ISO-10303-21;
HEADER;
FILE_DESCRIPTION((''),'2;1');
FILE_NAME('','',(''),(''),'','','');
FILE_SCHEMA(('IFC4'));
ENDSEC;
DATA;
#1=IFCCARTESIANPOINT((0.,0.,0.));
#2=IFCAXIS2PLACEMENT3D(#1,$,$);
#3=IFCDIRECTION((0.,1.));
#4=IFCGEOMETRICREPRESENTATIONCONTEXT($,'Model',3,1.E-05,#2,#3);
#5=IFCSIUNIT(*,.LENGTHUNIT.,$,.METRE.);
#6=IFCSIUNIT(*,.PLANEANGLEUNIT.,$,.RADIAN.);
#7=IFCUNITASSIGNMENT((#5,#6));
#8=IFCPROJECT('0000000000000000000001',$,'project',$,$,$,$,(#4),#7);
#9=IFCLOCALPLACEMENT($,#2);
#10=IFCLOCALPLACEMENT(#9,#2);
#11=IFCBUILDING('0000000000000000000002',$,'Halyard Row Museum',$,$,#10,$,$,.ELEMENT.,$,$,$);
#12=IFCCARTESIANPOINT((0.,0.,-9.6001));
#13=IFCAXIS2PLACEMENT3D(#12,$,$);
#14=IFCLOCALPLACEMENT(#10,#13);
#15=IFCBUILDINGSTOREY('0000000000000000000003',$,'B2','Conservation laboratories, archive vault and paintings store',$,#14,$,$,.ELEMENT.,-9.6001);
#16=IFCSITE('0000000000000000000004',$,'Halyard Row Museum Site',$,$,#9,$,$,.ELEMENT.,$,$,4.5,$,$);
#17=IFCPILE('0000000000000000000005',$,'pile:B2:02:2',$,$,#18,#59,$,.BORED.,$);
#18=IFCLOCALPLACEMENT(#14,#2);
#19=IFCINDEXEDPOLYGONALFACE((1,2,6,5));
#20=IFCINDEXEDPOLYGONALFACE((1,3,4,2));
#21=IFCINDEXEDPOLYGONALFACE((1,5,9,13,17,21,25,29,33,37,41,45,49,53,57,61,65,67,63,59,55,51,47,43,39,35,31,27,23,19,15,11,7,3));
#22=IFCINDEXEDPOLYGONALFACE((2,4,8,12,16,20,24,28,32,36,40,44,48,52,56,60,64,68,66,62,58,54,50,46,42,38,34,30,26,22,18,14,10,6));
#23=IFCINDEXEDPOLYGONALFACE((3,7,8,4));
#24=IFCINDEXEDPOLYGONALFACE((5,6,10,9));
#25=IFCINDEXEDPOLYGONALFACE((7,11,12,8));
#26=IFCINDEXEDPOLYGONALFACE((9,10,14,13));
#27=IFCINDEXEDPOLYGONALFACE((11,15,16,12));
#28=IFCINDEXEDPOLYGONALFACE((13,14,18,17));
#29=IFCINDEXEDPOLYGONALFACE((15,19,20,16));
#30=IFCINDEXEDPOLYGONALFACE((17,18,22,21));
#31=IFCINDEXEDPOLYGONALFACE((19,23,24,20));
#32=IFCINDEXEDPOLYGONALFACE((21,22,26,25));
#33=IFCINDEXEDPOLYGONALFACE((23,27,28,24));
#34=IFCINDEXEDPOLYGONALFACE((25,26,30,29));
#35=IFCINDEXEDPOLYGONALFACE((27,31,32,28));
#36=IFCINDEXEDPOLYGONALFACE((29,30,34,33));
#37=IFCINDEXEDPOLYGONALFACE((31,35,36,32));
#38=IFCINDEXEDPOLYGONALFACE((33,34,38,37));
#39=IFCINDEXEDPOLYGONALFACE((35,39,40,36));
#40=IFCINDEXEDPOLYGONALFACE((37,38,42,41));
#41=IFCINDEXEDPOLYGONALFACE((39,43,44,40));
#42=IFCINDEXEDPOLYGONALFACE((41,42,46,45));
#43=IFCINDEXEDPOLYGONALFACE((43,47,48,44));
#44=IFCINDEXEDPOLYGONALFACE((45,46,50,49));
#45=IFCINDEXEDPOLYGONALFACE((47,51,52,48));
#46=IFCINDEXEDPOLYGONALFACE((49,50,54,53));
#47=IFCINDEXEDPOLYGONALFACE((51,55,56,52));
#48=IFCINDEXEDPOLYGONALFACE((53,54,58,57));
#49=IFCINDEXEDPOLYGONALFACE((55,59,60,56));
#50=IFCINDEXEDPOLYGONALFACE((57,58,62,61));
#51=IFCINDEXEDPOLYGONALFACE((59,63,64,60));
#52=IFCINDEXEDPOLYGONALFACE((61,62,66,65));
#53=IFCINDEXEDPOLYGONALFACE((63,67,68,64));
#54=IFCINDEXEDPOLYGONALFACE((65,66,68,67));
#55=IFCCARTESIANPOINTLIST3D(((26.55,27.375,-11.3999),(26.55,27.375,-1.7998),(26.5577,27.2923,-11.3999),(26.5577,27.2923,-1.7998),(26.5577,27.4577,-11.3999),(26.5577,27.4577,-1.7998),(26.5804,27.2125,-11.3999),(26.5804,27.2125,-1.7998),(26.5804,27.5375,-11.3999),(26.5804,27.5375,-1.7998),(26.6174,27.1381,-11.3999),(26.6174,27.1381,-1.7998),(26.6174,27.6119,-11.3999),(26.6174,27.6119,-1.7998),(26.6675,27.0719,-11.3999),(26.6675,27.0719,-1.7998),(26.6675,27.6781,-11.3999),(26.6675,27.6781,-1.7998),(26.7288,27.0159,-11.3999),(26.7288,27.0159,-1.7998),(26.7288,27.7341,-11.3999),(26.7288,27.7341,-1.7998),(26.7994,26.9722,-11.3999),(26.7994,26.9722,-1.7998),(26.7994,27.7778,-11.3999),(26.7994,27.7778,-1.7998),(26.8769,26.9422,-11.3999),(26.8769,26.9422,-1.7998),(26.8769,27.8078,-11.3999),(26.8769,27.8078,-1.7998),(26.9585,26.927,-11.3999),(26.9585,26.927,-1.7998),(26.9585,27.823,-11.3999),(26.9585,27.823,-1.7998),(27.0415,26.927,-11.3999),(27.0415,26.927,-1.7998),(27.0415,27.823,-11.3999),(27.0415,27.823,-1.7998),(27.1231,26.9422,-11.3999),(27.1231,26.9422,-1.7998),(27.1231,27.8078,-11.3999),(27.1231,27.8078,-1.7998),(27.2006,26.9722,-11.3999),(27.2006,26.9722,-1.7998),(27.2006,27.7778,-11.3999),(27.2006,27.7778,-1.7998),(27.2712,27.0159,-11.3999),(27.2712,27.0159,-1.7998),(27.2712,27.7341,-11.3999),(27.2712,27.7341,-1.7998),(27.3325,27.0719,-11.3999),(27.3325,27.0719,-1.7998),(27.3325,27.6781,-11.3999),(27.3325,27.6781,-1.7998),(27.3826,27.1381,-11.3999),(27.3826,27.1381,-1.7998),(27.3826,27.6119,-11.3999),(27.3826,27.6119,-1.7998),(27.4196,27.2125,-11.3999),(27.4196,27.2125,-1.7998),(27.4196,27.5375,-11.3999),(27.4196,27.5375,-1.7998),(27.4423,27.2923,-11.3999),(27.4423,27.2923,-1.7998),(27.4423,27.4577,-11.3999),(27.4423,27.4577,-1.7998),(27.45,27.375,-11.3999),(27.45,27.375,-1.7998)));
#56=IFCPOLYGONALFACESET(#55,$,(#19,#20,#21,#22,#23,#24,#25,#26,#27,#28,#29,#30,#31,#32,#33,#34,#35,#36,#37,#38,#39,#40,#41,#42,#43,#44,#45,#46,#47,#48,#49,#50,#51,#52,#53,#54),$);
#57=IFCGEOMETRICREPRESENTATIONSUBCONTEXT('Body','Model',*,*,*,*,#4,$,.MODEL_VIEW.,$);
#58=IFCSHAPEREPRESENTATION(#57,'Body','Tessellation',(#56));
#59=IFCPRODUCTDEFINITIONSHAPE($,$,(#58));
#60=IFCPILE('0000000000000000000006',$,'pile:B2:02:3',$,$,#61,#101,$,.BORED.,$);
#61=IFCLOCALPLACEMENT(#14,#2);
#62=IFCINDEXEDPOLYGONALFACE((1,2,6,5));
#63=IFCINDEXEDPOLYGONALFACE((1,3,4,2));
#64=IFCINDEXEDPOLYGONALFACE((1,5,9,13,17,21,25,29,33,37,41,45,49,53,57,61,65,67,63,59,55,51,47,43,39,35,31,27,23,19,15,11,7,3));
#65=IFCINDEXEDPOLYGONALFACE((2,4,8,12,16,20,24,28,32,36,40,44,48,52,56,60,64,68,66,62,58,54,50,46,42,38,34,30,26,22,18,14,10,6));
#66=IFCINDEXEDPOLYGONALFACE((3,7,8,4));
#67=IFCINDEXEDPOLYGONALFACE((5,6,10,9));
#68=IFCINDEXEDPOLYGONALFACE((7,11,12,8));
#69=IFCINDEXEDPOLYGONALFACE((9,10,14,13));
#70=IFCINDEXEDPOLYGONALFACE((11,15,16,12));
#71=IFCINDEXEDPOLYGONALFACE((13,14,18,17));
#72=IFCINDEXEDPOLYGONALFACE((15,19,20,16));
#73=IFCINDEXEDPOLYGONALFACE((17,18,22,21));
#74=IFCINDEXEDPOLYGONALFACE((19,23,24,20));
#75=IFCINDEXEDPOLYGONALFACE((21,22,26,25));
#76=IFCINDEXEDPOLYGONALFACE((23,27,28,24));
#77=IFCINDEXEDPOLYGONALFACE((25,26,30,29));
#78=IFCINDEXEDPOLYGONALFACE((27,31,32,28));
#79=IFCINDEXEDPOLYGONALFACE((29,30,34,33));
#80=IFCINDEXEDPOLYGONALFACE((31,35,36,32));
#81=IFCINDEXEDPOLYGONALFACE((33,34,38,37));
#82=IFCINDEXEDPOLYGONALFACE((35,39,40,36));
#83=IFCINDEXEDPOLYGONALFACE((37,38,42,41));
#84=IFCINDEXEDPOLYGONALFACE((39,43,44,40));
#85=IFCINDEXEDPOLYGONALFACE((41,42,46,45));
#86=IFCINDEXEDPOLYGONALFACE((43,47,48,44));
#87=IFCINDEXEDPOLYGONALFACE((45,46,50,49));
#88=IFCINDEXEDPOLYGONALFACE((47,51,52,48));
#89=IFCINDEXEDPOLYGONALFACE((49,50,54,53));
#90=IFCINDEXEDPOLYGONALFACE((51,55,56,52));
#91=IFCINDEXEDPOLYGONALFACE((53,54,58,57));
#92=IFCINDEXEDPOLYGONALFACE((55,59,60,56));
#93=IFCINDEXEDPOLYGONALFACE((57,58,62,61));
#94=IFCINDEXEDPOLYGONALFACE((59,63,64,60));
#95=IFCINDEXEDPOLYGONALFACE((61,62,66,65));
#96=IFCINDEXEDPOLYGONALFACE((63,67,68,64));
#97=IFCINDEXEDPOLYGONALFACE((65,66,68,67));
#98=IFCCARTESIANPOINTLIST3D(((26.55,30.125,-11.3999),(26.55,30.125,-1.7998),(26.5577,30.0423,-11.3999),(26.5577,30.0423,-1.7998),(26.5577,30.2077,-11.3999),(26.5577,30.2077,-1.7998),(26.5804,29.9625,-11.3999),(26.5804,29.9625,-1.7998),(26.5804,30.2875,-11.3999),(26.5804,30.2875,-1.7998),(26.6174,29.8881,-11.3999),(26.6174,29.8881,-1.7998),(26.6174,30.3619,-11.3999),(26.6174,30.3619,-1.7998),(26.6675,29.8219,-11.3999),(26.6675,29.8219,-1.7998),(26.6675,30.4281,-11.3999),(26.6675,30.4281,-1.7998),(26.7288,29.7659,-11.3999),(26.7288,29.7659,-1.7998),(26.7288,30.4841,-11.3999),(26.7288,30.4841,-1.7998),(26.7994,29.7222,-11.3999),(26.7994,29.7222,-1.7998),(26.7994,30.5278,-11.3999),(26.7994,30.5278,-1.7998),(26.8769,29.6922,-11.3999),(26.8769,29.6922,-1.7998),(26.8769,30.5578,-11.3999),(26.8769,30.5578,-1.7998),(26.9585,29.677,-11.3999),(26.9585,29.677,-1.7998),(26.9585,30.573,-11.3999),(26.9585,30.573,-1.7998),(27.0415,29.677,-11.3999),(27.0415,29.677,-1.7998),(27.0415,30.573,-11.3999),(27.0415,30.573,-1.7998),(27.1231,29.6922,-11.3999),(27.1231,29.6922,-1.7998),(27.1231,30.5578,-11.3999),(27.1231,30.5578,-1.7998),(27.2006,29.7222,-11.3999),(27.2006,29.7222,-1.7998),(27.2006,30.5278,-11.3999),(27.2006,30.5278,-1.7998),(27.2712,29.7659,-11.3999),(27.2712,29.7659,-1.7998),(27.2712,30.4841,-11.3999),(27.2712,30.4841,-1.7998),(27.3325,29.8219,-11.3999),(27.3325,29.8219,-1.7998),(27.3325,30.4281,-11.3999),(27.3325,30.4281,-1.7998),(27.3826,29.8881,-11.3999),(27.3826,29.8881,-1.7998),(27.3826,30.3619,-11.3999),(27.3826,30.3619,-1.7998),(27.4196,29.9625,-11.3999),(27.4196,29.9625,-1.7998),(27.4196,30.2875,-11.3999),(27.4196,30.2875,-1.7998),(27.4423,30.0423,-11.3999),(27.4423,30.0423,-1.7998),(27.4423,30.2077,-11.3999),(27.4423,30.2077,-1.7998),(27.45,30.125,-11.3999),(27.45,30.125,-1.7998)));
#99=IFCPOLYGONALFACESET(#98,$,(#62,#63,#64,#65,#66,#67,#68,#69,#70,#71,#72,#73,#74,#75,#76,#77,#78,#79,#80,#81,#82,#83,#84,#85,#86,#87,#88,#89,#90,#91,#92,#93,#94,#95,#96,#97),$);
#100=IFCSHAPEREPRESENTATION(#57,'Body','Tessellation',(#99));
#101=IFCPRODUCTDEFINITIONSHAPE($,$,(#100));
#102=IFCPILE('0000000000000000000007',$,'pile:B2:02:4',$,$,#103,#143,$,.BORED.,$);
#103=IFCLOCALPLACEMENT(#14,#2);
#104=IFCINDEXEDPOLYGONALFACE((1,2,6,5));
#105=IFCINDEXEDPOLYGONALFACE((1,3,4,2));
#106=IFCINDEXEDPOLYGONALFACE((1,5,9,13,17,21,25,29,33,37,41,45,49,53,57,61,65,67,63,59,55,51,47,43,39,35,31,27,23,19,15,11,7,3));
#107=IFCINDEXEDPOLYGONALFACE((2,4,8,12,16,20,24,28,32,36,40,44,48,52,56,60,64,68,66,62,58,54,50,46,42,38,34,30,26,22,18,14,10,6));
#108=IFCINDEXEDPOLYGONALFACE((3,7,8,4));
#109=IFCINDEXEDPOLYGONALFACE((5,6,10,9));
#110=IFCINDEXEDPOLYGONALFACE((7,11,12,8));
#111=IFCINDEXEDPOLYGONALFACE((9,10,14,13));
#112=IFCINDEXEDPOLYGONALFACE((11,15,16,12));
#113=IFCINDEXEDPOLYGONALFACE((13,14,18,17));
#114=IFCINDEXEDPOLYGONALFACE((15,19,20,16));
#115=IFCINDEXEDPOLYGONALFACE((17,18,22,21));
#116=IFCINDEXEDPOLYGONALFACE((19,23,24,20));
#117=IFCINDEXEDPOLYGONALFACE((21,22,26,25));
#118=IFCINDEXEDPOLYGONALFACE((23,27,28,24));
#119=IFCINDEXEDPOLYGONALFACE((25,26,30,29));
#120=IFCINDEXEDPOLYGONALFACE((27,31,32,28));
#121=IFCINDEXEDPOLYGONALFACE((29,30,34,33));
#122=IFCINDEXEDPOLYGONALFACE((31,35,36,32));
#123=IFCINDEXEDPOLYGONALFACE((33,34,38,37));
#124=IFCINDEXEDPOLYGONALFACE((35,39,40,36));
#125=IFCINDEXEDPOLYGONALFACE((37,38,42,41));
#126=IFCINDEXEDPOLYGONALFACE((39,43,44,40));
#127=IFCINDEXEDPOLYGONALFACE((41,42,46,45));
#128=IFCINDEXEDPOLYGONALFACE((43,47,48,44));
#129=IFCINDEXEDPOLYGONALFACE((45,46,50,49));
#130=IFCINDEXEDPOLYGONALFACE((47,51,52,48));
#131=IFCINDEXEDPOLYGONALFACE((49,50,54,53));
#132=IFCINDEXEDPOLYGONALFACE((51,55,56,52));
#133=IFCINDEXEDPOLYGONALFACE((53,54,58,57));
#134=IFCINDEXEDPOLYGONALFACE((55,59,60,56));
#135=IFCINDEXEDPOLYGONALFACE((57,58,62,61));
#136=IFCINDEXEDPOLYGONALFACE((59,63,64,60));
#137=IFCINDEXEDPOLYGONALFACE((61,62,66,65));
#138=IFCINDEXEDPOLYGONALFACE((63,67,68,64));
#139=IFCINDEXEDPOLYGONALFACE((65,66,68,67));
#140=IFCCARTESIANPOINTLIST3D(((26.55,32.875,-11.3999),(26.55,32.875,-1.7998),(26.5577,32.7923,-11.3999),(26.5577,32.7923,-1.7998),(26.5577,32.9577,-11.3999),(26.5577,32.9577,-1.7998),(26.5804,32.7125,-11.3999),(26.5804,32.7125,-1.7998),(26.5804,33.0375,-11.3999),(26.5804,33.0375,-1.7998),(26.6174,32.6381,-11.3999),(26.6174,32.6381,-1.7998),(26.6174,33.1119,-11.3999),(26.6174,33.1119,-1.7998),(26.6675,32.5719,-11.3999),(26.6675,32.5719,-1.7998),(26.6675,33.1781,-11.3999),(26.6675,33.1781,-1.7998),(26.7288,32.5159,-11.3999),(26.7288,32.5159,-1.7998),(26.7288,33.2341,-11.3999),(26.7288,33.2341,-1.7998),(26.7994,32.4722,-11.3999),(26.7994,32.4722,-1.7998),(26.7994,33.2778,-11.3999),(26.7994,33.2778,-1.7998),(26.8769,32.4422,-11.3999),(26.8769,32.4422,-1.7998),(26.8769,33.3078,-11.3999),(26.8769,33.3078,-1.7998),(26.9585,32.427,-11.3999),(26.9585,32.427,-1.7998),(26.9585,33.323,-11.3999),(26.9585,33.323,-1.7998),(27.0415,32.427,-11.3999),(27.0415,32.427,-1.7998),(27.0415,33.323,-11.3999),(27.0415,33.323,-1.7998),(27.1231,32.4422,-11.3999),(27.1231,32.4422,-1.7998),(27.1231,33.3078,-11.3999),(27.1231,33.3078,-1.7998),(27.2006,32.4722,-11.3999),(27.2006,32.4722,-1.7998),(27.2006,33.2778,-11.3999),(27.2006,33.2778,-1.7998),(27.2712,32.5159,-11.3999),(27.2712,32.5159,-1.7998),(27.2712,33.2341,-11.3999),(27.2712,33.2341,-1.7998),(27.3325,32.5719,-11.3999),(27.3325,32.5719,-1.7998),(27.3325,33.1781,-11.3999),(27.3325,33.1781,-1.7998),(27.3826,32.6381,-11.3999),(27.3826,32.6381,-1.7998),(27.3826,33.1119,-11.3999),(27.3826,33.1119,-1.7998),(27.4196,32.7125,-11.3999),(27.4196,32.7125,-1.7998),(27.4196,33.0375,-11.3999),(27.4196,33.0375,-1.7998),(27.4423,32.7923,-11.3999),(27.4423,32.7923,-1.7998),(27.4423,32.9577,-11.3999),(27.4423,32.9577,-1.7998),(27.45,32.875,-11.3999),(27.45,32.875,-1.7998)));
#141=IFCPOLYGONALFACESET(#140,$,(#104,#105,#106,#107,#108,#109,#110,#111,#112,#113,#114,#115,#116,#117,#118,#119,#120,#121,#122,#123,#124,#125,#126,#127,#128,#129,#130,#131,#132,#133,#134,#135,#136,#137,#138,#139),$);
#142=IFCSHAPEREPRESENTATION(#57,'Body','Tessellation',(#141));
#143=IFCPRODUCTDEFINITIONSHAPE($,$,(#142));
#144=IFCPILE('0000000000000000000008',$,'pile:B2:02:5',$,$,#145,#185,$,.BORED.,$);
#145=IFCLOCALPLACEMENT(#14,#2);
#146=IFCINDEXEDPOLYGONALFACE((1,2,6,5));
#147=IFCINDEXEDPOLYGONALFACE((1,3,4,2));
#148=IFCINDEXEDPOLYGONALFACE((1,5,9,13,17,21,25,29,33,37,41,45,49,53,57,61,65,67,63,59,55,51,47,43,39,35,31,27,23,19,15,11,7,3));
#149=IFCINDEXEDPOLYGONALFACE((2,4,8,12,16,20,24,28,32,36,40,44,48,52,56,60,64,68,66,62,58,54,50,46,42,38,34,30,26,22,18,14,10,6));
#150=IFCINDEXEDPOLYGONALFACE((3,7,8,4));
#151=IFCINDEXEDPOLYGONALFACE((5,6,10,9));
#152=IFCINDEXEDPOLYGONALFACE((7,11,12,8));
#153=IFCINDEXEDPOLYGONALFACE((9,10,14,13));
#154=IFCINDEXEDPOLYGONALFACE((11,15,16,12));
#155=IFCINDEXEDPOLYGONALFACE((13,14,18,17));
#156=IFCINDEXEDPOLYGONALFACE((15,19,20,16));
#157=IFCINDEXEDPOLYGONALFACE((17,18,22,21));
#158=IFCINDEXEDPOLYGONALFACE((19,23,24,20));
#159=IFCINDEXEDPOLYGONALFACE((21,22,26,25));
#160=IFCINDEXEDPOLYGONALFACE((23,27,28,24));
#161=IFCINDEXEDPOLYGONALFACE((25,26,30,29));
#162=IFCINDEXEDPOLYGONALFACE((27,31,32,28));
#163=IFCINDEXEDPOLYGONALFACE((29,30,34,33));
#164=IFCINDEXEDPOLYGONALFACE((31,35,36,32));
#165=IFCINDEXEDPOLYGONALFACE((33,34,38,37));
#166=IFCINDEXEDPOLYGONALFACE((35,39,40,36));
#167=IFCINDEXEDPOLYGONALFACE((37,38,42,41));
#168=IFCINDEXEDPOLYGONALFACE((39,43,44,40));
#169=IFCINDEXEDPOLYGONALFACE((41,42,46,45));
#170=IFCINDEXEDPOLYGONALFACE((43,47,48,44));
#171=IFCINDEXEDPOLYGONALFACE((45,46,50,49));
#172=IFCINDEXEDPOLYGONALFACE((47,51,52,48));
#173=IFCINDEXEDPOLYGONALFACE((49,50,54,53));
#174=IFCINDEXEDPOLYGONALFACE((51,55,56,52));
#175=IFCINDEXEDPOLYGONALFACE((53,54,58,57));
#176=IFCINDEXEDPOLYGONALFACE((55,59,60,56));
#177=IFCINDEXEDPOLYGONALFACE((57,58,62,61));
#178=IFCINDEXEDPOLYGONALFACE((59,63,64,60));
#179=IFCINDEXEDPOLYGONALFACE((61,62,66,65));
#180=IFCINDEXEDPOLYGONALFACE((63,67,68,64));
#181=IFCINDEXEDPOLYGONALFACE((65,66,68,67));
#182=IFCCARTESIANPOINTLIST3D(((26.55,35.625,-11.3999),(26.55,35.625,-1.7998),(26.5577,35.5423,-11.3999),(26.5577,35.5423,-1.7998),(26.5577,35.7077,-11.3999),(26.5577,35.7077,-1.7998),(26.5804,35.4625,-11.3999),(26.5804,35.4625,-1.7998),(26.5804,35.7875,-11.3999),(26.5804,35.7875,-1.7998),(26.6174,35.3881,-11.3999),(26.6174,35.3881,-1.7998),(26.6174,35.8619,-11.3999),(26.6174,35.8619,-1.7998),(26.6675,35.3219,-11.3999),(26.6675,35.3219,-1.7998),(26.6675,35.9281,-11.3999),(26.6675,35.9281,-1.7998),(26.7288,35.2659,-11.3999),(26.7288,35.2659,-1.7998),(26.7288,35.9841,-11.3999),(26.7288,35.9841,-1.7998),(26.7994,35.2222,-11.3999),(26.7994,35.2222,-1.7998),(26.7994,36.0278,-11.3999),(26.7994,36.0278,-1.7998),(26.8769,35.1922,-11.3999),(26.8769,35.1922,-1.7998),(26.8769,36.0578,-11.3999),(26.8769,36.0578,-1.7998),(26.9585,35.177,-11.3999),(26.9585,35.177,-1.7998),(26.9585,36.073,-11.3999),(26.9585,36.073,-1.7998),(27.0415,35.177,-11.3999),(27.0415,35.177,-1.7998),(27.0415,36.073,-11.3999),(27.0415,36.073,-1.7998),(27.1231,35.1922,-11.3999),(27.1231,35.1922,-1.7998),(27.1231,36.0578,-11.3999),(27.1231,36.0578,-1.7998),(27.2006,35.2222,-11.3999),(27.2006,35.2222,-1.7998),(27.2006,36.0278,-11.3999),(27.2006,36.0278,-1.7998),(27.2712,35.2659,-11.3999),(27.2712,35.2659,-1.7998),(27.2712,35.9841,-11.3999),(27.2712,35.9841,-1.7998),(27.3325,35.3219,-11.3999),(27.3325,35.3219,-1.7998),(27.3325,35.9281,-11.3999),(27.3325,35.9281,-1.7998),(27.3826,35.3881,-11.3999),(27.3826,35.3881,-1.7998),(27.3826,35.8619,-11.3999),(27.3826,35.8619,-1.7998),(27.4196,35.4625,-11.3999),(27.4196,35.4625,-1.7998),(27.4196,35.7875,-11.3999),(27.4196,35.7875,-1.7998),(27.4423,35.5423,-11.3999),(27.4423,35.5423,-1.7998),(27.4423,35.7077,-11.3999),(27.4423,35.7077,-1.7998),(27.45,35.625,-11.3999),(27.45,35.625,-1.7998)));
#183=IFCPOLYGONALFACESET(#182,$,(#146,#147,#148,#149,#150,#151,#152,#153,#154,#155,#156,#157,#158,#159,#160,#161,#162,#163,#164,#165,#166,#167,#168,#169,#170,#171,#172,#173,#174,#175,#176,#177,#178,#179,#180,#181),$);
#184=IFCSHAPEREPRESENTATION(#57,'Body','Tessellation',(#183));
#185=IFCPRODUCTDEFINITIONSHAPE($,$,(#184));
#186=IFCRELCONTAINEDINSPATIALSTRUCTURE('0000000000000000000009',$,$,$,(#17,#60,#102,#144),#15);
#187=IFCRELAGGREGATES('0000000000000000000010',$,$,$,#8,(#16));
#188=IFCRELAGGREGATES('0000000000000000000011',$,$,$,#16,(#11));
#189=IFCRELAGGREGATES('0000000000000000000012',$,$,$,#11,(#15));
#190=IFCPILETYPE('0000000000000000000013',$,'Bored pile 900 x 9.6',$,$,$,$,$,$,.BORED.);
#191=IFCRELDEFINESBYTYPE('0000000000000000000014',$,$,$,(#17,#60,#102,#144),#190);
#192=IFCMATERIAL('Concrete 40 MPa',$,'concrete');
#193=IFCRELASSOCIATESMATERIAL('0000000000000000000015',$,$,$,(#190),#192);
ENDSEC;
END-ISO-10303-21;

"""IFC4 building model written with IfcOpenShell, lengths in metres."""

from ifc_helpers import new_model, si_unit, direction, frame, origin, origin_2d, place, context, subcontext, project, spatial, circle, extrude, material, material_profile, profile_set, type_object, element, save


model = new_model("IFC4")

# Units and contexts
model_context = context("Model", 3, precision=1e-05, world=origin(), true_north=direction((0.0, 1.0)))
body_context = subcontext(model_context, "Body", "Model", "MODEL_VIEW")
ifc_project = project(units=[si_unit("LENGTHUNIT", "METRE"), si_unit("PLANEANGLEUNIT", "RADIAN")], contexts=[model_context])

# Site, building, storey
site_placement = place(None, origin())
site = spatial("IfcSite", under=ifc_project, at=site_placement, Name="Halyard Row Museum Site", CompositionType="ELEMENT", RefElevation=4.5)
building_placement = place(site_placement, origin())
building = spatial("IfcBuilding", under=site, at=building_placement, Name="Halyard Row Museum", CompositionType="ELEMENT")
storey_placement = place(building_placement, frame((0.0, 0.0, -9.6001)))
storey = spatial("IfcBuildingStorey", under=building, at=storey_placement, Name="B2", Description="Conservation laboratories, archive vault and paintings store", CompositionType="ELEMENT", Elevation=-9.6001)

# Piles
ifc_material_1 = material(Name="Concrete 40 MPa", Category="concrete")
ifc_material_profile_1 = material_profile(ifc_material_1, circle(Radius=0.45, at=origin_2d()), Name="Bored pile 900 x 9.6")
ifc_profile_set_1 = profile_set([ifc_material_profile_1], Name="Concrete 40 MPa")
pile_type_1 = type_object("IfcPileType", Name="Bored pile 900 x 9.6", PredefinedType="BORED", material=ifc_profile_set_1)
for number, where, z_axis, x_axis, name in (
    (1, (27.0, 27.375, -1.7998), (0.0, 0.0, -1.0), (1.0, 0.0, 0.0), "pile:B2:02:2"),
    (2, (27.0, 30.125, -1.7998), (0.0, 0.0, -1.0), (1.0, 0.0, 0.0), "pile:B2:02:3"),
    (3, (27.0, 32.875, -1.7998), (0.0, 0.0, -1.0), (1.0, 0.0, 0.0), "pile:B2:02:4"),
    (4, (27.0, 35.625, -1.7998), (0.0, 0.0, -1.0), (1.0, 0.0, 0.0), "pile:B2:02:5"),
):
    element("IfcPile", number, at=place(storey_placement, frame(where, z_axis=z_axis, x_axis=x_axis)), inside=storey, type_object=pile_type_1, Name=name, PredefinedType="BORED", context=body_context, shape_type="SweptSolid", body=[
        extrude(circle(Radius=0.45, at=origin_2d()), origin(), (0.0, 0.0, 1.0), 9.6001),
    ])

save(model, "model.ifc")
